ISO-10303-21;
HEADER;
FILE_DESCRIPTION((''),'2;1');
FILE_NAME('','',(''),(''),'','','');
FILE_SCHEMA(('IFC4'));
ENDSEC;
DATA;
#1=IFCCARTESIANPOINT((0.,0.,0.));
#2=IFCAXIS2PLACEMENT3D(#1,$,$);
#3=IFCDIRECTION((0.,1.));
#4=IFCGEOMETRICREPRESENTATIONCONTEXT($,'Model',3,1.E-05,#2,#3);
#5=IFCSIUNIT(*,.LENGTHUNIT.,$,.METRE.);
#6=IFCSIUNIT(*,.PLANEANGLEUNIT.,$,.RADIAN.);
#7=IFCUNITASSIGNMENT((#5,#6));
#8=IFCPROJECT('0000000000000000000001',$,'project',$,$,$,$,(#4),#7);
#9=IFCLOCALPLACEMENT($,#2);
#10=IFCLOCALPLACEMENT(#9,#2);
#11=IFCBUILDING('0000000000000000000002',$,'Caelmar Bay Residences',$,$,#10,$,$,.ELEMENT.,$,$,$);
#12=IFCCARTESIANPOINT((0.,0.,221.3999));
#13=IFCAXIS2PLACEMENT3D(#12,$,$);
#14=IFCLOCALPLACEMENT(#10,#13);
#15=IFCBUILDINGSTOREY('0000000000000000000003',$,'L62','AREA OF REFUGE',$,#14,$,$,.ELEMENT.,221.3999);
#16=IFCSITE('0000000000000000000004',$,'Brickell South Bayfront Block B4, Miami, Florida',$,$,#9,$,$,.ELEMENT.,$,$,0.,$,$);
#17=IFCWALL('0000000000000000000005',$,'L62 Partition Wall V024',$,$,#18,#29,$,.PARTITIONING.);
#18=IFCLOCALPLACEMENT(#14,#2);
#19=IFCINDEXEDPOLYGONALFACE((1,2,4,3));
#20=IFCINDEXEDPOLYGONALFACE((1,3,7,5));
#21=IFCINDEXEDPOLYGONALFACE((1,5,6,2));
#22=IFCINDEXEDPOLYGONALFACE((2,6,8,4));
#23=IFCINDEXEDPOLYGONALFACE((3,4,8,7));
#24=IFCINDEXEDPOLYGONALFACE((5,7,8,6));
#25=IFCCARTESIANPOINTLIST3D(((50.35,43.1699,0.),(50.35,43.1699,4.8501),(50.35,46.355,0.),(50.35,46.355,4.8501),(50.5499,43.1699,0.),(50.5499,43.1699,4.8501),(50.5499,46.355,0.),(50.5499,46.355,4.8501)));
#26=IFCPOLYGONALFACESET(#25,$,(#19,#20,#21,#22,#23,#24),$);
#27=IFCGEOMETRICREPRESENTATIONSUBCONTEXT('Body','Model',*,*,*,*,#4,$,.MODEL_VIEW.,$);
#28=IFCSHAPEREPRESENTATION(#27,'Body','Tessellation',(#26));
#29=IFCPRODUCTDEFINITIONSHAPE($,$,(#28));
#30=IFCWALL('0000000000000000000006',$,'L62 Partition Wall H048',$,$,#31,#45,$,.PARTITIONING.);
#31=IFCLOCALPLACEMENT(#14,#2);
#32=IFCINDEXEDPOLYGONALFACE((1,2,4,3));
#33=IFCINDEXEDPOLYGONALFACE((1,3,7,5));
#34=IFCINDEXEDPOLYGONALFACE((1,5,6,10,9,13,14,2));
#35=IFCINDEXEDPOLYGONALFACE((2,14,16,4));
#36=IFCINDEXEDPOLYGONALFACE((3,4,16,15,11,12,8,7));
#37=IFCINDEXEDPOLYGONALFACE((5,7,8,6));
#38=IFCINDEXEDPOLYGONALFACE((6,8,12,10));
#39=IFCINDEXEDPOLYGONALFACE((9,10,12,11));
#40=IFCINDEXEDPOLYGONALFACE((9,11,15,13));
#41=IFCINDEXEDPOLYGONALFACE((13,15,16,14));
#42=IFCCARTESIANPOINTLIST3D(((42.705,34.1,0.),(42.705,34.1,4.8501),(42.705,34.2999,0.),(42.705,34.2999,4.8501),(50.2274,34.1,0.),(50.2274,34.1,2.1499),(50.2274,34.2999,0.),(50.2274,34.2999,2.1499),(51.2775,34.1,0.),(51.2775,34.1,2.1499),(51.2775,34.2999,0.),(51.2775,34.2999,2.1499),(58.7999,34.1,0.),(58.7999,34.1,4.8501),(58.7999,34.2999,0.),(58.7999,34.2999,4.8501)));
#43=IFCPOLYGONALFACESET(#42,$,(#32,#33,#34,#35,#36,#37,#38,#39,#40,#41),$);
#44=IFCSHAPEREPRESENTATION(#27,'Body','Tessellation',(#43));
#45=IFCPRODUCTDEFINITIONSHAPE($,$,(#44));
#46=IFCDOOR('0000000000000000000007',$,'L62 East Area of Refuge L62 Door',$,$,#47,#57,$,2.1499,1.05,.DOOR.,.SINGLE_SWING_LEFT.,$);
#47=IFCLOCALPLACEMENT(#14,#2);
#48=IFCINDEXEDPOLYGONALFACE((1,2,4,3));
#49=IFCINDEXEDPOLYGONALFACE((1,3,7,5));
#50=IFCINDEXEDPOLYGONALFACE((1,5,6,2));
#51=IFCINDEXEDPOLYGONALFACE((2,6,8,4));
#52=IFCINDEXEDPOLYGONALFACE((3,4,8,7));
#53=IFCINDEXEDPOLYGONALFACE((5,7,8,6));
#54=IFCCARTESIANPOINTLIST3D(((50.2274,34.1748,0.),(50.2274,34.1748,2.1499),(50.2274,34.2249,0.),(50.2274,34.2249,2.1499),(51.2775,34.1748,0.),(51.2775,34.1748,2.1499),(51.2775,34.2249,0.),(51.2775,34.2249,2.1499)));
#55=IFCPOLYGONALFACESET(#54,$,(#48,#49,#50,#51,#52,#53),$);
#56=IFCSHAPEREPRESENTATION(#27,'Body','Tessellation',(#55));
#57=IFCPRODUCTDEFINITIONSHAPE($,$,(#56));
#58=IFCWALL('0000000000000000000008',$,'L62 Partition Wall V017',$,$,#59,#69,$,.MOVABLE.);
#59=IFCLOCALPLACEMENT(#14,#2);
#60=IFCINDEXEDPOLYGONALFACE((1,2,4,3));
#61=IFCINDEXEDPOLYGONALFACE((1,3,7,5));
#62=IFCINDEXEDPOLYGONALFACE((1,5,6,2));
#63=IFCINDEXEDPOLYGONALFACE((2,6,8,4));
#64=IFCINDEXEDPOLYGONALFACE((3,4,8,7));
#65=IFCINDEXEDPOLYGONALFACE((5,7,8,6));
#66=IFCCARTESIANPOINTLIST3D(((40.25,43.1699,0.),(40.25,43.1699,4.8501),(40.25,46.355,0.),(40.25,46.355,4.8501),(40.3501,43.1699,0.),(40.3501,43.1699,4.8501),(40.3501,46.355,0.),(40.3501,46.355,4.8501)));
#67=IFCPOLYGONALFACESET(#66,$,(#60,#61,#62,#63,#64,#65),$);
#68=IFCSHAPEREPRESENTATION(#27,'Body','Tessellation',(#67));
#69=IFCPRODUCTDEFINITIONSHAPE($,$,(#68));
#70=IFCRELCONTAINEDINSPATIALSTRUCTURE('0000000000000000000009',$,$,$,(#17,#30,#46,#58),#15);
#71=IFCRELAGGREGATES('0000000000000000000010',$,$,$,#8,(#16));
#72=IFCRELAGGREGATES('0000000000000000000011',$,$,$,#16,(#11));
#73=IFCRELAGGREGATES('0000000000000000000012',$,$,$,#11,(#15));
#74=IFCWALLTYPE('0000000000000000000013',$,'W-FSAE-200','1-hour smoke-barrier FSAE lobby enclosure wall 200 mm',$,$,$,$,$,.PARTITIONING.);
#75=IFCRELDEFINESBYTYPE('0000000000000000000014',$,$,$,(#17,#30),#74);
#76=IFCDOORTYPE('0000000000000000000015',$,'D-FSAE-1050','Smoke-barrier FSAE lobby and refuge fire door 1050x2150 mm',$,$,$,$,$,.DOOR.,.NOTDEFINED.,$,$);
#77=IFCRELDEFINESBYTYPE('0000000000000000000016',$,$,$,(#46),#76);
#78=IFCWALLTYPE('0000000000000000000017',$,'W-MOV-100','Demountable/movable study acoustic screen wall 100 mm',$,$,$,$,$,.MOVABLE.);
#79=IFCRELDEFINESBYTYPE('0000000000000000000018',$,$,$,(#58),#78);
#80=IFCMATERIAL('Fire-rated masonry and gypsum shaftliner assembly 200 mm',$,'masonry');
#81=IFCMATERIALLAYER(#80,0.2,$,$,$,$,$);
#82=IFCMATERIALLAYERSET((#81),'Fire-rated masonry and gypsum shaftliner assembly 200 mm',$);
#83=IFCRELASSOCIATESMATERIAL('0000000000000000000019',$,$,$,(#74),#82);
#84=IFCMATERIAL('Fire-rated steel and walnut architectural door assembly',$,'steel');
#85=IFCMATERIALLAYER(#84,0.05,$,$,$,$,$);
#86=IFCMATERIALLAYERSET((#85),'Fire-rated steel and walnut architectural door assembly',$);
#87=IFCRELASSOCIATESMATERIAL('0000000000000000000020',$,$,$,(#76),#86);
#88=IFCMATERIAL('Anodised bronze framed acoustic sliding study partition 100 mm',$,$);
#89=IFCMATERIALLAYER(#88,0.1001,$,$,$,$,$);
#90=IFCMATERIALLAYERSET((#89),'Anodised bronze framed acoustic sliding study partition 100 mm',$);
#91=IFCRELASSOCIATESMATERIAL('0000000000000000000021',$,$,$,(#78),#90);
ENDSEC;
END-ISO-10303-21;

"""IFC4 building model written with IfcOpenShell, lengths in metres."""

from ifc_helpers import new_model, si_unit, direction, frame, frame_2d, origin, place, context, subcontext, project, spatial, rectangle, extrude, material, layer, layer_set, type_object, element, fill, save


model = new_model("IFC4")

# Units and contexts
model_context = context("Model", 3, precision=1e-05, world=origin(), true_north=direction((0.0, 1.0)))
body_context = subcontext(model_context, "Body", "Model", "MODEL_VIEW")
ifc_project = project(units=[si_unit("LENGTHUNIT", "METRE"), si_unit("PLANEANGLEUNIT", "RADIAN")], contexts=[model_context])

# Site, building, storey
site_placement = place(None, origin())
site = spatial("IfcSite", under=ifc_project, at=site_placement, Name="Brickell South Bayfront Block B4, Miami, Florida", CompositionType="ELEMENT", RefElevation=0.0)
building_placement = place(site_placement, origin())
building = spatial("IfcBuilding", under=site, at=building_placement, Name="Caelmar Bay Residences", CompositionType="ELEMENT")
storey_placement = place(building_placement, frame((0.0, 0.0, 221.3999)))
storey = spatial("IfcBuildingStorey", under=building, at=storey_placement, Name="L62", Description="AREA OF REFUGE", CompositionType="ELEMENT", Elevation=221.3999)

# Shared definitions
ifc_material_1 = material(Name="Fire-rated steel and walnut architectural door assembly", Category="steel")

# Wall
ifc_material_2 = material(Name="Fire-rated masonry and gypsum shaftliner assembly 200 mm", Category="masonry")
ifc_layer_1 = layer(ifc_material_2, 0.2)
ifc_layer_set_1 = layer_set([ifc_layer_1], Name="Fire-rated masonry and gypsum shaftliner assembly 200 mm")
wall_type_1 = type_object("IfcWallType", Name="W-FSAE-200", Description="1-hour smoke-barrier FSAE lobby enclosure wall 200 mm", PredefinedType="PARTITIONING", material=ifc_layer_set_1)
wall_1_placement = place(storey_placement, frame((50.45, 43.1699, 0.0), z_axis=(0.0, 0.0, 1.0), x_axis=(0.0, 1.0, 0.0)))
element("IfcWall", 1, at=wall_1_placement, inside=storey, type_object=wall_type_1, Name="L62 Partition Wall V024", PredefinedType="PARTITIONING", context=body_context, shape_type="SweptSolid", body=[
    extrude(rectangle(XDim=3.1851, YDim=0.2, at=frame_2d((1.5925, 0.0))), origin(), (0.0, 0.0, 1.0), 4.8501),
])

# Wall, opening, door
wall_2_placement = place(storey_placement, frame((42.7051, 34.2, 0.0), z_axis=(0.0, 0.0, 1.0), x_axis=(1.0, 0.0, 0.0)))
wall_2 = element("IfcWall", 2, at=wall_2_placement, inside=storey, type_object=wall_type_1, Name="L62 Partition Wall H048", PredefinedType="PARTITIONING", context=body_context, shape_type="SweptSolid", body=[
    extrude(rectangle(XDim=16.095, YDim=0.2, at=frame_2d((8.0474, 0.0))), origin(), (0.0, 0.0, 1.0), 4.8501),
])
opening_1_placement = place(wall_2_placement, frame((7.5225, 0.0, 0.0)))
opening_1 = element("IfcOpeningElement", 3, at=opening_1_placement, cuts=wall_2, PredefinedType="OPENING", context=body_context, shape_type="SweptSolid", body=[
    extrude(rectangle(XDim=1.05, YDim=2.1499, at=frame_2d((0.5249, 1.075))), frame((0.0, 0.1099, 0.0), z_axis=(0.0, -1.0, 0.0), x_axis=(1.0, 0.0, 0.0)), (0.0, 0.0, 1.0), 0.22),
])
ifc_layer_2 = layer(ifc_material_1, 0.05)
ifc_layer_set_2 = layer_set([ifc_layer_2], Name="Fire-rated steel and walnut architectural door assembly")
door_type_1 = type_object("IfcDoorType", Name="D-FSAE-1050", Description="Smoke-barrier FSAE lobby and refuge fire door 1050x2150 mm", OperationType="NOTDEFINED", PredefinedType="DOOR", material=ifc_layer_set_2)
door_1_placement = place(opening_1_placement, origin())
door_1 = element("IfcDoor", 4, at=door_1_placement, inside=storey, type_object=door_type_1, Name="L62 East Area of Refuge L62 Door", OperationType="SINGLE_SWING_LEFT", OverallHeight=2.1499, OverallWidth=1.05, PredefinedType="DOOR", context=body_context, shape_type="SweptSolid", body=[
    extrude(rectangle(XDim=1.05, YDim=2.1499, at=frame_2d((0.5249, 1.075))), frame((0.0, 0.0249, 0.0), z_axis=(0.0, -1.0, 0.0), x_axis=(1.0, 0.0, 0.0)), (0.0, 0.0, 1.0), 0.05),
])
fill(opening_1, door_1)

# Wall
ifc_material_3 = material(Name="Anodised bronze framed acoustic sliding study partition 100 mm")
ifc_layer_3 = layer(ifc_material_3, 0.1001)
ifc_layer_set_3 = layer_set([ifc_layer_3], Name="Anodised bronze framed acoustic sliding study partition 100 mm")
wall_type_2 = type_object("IfcWallType", Name="W-MOV-100", Description="Demountable/movable study acoustic screen wall 100 mm", PredefinedType="MOVABLE", material=ifc_layer_set_3)
wall_3_placement = place(storey_placement, frame((40.3, 43.1699, 0.0), z_axis=(0.0, 0.0, 1.0), x_axis=(0.0, 1.0, 0.0)))
element("IfcWall", 5, at=wall_3_placement, inside=storey, type_object=wall_type_2, Name="L62 Partition Wall V017", PredefinedType="MOVABLE", context=body_context, shape_type="SweptSolid", body=[
    extrude(rectangle(XDim=3.1851, YDim=0.1001, at=frame_2d((1.5925, 0.0))), origin(), (0.0, 0.0, 1.0), 4.8501),
])

save(model, "model.ifc")
